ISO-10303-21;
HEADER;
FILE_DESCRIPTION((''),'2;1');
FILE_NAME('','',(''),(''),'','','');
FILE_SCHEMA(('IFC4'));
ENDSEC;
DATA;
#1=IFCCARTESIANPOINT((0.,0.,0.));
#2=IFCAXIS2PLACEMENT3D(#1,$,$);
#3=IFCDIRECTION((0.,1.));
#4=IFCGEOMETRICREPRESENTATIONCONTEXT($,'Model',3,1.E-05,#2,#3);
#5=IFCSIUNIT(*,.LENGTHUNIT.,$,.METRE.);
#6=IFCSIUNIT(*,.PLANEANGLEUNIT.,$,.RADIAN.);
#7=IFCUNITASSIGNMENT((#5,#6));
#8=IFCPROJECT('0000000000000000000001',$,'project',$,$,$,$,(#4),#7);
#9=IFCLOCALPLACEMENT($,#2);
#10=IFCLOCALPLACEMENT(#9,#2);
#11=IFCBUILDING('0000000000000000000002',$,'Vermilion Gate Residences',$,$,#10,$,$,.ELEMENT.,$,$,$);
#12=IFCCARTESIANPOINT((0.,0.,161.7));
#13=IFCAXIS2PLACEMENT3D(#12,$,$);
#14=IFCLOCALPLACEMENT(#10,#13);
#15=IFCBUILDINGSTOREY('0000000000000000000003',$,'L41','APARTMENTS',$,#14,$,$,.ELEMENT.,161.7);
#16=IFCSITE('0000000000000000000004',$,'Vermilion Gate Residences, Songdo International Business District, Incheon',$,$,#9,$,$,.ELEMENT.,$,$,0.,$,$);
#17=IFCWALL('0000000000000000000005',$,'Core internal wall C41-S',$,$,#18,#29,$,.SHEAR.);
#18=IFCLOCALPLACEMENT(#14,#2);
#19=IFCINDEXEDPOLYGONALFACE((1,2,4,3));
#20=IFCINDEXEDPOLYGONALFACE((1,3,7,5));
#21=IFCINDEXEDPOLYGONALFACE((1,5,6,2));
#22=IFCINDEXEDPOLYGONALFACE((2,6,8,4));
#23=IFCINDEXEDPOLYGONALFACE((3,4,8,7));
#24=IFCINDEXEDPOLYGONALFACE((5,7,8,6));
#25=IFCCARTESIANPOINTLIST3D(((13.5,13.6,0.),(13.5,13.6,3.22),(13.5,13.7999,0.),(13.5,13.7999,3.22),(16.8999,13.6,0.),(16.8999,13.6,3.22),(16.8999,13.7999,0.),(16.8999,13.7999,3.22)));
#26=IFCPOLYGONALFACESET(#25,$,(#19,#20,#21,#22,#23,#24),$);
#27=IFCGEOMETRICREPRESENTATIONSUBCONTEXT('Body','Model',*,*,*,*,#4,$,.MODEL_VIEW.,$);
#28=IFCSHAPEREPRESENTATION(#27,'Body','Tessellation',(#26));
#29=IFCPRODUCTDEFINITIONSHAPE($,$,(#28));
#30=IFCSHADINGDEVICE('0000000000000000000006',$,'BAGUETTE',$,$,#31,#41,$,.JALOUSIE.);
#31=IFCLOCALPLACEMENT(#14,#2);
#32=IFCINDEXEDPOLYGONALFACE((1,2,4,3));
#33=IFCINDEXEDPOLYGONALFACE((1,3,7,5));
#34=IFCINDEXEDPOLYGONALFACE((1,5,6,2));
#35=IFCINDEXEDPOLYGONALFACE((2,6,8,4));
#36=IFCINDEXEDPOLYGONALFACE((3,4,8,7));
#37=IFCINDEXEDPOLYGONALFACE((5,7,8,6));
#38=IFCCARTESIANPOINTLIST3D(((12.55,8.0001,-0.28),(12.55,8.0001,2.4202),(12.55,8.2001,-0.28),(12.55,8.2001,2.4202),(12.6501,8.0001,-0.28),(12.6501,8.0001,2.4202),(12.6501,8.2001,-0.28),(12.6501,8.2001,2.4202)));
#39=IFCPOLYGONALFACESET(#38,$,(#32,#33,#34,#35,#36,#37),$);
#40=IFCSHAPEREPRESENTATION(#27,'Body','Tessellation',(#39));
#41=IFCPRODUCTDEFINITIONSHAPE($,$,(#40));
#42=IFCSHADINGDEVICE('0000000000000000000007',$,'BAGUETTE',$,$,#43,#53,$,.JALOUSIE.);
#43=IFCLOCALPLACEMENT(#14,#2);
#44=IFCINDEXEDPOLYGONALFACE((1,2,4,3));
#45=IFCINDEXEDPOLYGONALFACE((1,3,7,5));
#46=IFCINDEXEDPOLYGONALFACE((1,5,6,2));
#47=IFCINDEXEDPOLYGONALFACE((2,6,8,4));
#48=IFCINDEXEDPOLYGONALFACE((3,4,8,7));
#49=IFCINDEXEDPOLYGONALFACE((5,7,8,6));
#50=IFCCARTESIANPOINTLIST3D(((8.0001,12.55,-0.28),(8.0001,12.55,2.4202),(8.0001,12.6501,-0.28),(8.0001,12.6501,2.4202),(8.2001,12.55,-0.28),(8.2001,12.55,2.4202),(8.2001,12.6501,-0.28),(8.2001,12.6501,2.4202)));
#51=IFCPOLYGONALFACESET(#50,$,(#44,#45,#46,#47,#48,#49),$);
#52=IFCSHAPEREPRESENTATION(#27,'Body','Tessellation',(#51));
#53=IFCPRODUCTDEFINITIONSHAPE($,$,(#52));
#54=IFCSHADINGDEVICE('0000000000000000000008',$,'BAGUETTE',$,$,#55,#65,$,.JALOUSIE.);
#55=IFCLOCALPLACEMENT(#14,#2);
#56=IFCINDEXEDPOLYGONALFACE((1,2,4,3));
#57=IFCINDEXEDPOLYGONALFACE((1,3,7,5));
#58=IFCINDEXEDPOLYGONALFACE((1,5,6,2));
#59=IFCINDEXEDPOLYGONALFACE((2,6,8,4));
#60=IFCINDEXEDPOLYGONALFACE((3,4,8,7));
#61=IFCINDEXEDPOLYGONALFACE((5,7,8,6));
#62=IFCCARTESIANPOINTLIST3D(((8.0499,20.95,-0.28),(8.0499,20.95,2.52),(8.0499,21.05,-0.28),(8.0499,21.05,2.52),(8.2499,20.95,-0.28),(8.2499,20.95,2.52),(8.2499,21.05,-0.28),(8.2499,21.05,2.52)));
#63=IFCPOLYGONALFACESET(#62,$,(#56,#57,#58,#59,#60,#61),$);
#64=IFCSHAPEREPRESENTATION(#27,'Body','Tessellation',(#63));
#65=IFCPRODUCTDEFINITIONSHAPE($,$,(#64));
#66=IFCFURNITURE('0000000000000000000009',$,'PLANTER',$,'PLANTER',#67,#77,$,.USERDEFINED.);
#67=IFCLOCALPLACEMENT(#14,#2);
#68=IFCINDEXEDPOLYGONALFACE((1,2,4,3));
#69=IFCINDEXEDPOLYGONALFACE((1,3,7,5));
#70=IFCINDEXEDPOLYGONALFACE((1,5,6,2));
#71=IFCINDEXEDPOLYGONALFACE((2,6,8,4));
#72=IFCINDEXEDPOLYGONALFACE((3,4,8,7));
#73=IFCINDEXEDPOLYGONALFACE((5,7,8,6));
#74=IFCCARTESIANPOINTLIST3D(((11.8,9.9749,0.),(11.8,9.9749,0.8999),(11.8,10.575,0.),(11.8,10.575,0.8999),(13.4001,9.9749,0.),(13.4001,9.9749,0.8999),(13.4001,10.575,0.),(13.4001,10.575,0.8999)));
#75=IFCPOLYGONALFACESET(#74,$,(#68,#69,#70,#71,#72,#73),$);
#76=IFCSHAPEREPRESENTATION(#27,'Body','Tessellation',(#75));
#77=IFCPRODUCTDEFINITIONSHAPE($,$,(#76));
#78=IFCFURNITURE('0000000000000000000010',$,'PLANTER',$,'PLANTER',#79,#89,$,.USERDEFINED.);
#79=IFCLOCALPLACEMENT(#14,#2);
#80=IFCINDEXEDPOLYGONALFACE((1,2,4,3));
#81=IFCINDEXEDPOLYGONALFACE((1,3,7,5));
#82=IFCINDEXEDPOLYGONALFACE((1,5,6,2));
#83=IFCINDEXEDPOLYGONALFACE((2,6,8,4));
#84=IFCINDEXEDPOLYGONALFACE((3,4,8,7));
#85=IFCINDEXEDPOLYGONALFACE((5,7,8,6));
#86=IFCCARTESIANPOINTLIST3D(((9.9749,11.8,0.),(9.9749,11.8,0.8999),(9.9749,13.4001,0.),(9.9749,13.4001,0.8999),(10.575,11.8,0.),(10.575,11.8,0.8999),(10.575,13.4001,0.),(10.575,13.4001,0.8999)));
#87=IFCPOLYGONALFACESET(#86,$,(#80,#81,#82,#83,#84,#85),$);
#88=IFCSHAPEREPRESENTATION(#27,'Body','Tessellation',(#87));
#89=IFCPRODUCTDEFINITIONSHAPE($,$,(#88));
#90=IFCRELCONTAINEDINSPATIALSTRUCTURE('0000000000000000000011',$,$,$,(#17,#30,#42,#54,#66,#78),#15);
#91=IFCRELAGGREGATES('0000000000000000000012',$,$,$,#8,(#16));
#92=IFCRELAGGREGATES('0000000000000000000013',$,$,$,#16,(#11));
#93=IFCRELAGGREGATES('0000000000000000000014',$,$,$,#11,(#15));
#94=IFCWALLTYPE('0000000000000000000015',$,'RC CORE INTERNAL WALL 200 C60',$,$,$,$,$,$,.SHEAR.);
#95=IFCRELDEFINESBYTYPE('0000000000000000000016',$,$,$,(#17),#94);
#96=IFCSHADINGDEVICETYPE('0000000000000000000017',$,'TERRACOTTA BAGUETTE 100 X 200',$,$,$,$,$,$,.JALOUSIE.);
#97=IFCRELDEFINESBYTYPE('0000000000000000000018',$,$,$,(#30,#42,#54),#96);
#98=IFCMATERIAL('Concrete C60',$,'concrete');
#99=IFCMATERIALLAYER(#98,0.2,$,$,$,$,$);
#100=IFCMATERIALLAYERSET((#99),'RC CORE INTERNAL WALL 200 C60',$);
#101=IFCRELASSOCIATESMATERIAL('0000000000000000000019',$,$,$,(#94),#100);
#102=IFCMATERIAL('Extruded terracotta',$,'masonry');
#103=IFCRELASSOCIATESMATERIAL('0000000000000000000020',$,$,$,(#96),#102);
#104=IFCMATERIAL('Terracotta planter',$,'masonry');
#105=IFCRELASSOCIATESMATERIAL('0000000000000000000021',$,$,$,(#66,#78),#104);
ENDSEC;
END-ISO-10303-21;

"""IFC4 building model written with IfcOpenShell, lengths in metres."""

from ifc_helpers import new_model, si_unit, direction, frame, frame_2d, origin, origin_2d, place, context, subcontext, project, spatial, rectangle, extrude, material, layer, layer_set, material_profile, profile_set, type_object, element, save


model = new_model("IFC4")

# Units and contexts
model_context = context("Model", 3, precision=1e-05, world=origin(), true_north=direction((0.0, 1.0)))
body_context = subcontext(model_context, "Body", "Model", "MODEL_VIEW")
ifc_project = project(units=[si_unit("LENGTHUNIT", "METRE"), si_unit("PLANEANGLEUNIT", "RADIAN")], contexts=[model_context])

# Site, building, storey
site_placement = place(None, origin())
site = spatial("IfcSite", under=ifc_project, at=site_placement, Name="Vermilion Gate Residences, Songdo International Business District, Incheon", CompositionType="ELEMENT", RefElevation=0.0)
building_placement = place(site_placement, origin())
building = spatial("IfcBuilding", under=site, at=building_placement, Name="Vermilion Gate Residences", CompositionType="ELEMENT")
storey_placement = place(building_placement, frame((0.0, 0.0, 161.7)))
storey = spatial("IfcBuildingStorey", under=building, at=storey_placement, Name="L41", Description="APARTMENTS", CompositionType="ELEMENT", Elevation=161.7)

# Wall
ifc_material_1 = material(Name="Concrete C60", Category="concrete")
ifc_layer_1 = layer(ifc_material_1, 0.2)
ifc_layer_set_1 = layer_set([ifc_layer_1], Name="RC CORE INTERNAL WALL 200 C60")
wall_type_1 = type_object("IfcWallType", Name="RC CORE INTERNAL WALL 200 C60", PredefinedType="SHEAR", material=ifc_layer_set_1)
wall_1_placement = place(storey_placement, frame((13.5, 13.7, 0.0), z_axis=(0.0, 0.0, 1.0), x_axis=(1.0, 0.0, 0.0)))
element("IfcWall", 1, at=wall_1_placement, inside=storey, type_object=wall_type_1, Name="Core internal wall C41-S", PredefinedType="SHEAR", context=body_context, shape_type="SweptSolid", body=[
    extrude(rectangle(XDim=3.3999, YDim=0.2, at=frame_2d((1.7, 0.0))), origin(), (0.0, 0.0, 1.0), 3.22),
])

# Shading devices
ifc_material_2 = material(Name="Extruded terracotta", Category="masonry")
ifc_material_profile_1 = material_profile(ifc_material_2, rectangle(XDim=0.2, YDim=0.1001, at=origin_2d()), Name="BAGUETTE 100 X 200")
ifc_profile_set_1 = profile_set([ifc_material_profile_1], Name="Extruded terracotta")
shading_device_type = type_object("IfcShadingDeviceType", Name="TERRACOTTA BAGUETTE 100 X 200", PredefinedType="JALOUSIE", material=ifc_profile_set_1)
for number, where, z_axis, x_axis, name in (
    (2, (12.6001, 8.1001, -0.28), (0.0, 0.0, 1.0), (0.0, 1.0, 0.0), "BAGUETTE"),
    (3, (8.1001, 12.6001, -0.28), (0.0, 0.0, 1.0), (1.0, 0.0, 0.0), "BAGUETTE"),
):
    element("IfcShadingDevice", number, at=place(storey_placement, frame(where, z_axis=z_axis, x_axis=x_axis)), inside=storey, type_object=shading_device_type, Name=name, PredefinedType="JALOUSIE", context=body_context, shape_type="SweptSolid", body=[
        extrude(rectangle(XDim=0.2, YDim=0.1001, at=origin_2d()), origin(), (0.0, 0.0, 1.0), 2.7002),
    ])
shading_device_placement = place(storey_placement, frame((8.1499, 21.0, -0.28), z_axis=(0.0, 0.0, 1.0), x_axis=(1.0, 0.0, 0.0)))
element("IfcShadingDevice", 4, at=shading_device_placement, inside=storey, type_object=shading_device_type, Name="BAGUETTE", PredefinedType="JALOUSIE", context=body_context, shape_type="SweptSolid", body=[
    extrude(rectangle(XDim=0.2, YDim=0.1001, at=origin_2d()), origin(), (0.0, 0.0, 1.0), 2.8),
])

# Furniture
ifc_material_3 = material(Name="Terracotta planter", Category="masonry")
for number, where, z_axis, x_axis, name in (
    (5, (12.6001, 10.2749, 0.0), (0.0, 0.0, 1.0), (1.0, 0.0, 0.0), "PLANTER"),
    (6, (10.2749, 12.6001, 0.0), (0.0, 0.0, 1.0), (0.0, -1.0, 0.0), "PLANTER"),
):
    element("IfcFurniture", number, at=place(storey_placement, frame(where, z_axis=z_axis, x_axis=x_axis)), inside=storey, material=ifc_material_3, Name=name, ObjectType="PLANTER", PredefinedType="USERDEFINED", context=body_context, shape_type="SweptSolid", body=[
        extrude(rectangle(XDim=1.6001, YDim=0.6001, at=origin_2d()), origin(), (0.0, 0.0, 1.0), 0.8999),
    ])

save(model, "model.ifc")
